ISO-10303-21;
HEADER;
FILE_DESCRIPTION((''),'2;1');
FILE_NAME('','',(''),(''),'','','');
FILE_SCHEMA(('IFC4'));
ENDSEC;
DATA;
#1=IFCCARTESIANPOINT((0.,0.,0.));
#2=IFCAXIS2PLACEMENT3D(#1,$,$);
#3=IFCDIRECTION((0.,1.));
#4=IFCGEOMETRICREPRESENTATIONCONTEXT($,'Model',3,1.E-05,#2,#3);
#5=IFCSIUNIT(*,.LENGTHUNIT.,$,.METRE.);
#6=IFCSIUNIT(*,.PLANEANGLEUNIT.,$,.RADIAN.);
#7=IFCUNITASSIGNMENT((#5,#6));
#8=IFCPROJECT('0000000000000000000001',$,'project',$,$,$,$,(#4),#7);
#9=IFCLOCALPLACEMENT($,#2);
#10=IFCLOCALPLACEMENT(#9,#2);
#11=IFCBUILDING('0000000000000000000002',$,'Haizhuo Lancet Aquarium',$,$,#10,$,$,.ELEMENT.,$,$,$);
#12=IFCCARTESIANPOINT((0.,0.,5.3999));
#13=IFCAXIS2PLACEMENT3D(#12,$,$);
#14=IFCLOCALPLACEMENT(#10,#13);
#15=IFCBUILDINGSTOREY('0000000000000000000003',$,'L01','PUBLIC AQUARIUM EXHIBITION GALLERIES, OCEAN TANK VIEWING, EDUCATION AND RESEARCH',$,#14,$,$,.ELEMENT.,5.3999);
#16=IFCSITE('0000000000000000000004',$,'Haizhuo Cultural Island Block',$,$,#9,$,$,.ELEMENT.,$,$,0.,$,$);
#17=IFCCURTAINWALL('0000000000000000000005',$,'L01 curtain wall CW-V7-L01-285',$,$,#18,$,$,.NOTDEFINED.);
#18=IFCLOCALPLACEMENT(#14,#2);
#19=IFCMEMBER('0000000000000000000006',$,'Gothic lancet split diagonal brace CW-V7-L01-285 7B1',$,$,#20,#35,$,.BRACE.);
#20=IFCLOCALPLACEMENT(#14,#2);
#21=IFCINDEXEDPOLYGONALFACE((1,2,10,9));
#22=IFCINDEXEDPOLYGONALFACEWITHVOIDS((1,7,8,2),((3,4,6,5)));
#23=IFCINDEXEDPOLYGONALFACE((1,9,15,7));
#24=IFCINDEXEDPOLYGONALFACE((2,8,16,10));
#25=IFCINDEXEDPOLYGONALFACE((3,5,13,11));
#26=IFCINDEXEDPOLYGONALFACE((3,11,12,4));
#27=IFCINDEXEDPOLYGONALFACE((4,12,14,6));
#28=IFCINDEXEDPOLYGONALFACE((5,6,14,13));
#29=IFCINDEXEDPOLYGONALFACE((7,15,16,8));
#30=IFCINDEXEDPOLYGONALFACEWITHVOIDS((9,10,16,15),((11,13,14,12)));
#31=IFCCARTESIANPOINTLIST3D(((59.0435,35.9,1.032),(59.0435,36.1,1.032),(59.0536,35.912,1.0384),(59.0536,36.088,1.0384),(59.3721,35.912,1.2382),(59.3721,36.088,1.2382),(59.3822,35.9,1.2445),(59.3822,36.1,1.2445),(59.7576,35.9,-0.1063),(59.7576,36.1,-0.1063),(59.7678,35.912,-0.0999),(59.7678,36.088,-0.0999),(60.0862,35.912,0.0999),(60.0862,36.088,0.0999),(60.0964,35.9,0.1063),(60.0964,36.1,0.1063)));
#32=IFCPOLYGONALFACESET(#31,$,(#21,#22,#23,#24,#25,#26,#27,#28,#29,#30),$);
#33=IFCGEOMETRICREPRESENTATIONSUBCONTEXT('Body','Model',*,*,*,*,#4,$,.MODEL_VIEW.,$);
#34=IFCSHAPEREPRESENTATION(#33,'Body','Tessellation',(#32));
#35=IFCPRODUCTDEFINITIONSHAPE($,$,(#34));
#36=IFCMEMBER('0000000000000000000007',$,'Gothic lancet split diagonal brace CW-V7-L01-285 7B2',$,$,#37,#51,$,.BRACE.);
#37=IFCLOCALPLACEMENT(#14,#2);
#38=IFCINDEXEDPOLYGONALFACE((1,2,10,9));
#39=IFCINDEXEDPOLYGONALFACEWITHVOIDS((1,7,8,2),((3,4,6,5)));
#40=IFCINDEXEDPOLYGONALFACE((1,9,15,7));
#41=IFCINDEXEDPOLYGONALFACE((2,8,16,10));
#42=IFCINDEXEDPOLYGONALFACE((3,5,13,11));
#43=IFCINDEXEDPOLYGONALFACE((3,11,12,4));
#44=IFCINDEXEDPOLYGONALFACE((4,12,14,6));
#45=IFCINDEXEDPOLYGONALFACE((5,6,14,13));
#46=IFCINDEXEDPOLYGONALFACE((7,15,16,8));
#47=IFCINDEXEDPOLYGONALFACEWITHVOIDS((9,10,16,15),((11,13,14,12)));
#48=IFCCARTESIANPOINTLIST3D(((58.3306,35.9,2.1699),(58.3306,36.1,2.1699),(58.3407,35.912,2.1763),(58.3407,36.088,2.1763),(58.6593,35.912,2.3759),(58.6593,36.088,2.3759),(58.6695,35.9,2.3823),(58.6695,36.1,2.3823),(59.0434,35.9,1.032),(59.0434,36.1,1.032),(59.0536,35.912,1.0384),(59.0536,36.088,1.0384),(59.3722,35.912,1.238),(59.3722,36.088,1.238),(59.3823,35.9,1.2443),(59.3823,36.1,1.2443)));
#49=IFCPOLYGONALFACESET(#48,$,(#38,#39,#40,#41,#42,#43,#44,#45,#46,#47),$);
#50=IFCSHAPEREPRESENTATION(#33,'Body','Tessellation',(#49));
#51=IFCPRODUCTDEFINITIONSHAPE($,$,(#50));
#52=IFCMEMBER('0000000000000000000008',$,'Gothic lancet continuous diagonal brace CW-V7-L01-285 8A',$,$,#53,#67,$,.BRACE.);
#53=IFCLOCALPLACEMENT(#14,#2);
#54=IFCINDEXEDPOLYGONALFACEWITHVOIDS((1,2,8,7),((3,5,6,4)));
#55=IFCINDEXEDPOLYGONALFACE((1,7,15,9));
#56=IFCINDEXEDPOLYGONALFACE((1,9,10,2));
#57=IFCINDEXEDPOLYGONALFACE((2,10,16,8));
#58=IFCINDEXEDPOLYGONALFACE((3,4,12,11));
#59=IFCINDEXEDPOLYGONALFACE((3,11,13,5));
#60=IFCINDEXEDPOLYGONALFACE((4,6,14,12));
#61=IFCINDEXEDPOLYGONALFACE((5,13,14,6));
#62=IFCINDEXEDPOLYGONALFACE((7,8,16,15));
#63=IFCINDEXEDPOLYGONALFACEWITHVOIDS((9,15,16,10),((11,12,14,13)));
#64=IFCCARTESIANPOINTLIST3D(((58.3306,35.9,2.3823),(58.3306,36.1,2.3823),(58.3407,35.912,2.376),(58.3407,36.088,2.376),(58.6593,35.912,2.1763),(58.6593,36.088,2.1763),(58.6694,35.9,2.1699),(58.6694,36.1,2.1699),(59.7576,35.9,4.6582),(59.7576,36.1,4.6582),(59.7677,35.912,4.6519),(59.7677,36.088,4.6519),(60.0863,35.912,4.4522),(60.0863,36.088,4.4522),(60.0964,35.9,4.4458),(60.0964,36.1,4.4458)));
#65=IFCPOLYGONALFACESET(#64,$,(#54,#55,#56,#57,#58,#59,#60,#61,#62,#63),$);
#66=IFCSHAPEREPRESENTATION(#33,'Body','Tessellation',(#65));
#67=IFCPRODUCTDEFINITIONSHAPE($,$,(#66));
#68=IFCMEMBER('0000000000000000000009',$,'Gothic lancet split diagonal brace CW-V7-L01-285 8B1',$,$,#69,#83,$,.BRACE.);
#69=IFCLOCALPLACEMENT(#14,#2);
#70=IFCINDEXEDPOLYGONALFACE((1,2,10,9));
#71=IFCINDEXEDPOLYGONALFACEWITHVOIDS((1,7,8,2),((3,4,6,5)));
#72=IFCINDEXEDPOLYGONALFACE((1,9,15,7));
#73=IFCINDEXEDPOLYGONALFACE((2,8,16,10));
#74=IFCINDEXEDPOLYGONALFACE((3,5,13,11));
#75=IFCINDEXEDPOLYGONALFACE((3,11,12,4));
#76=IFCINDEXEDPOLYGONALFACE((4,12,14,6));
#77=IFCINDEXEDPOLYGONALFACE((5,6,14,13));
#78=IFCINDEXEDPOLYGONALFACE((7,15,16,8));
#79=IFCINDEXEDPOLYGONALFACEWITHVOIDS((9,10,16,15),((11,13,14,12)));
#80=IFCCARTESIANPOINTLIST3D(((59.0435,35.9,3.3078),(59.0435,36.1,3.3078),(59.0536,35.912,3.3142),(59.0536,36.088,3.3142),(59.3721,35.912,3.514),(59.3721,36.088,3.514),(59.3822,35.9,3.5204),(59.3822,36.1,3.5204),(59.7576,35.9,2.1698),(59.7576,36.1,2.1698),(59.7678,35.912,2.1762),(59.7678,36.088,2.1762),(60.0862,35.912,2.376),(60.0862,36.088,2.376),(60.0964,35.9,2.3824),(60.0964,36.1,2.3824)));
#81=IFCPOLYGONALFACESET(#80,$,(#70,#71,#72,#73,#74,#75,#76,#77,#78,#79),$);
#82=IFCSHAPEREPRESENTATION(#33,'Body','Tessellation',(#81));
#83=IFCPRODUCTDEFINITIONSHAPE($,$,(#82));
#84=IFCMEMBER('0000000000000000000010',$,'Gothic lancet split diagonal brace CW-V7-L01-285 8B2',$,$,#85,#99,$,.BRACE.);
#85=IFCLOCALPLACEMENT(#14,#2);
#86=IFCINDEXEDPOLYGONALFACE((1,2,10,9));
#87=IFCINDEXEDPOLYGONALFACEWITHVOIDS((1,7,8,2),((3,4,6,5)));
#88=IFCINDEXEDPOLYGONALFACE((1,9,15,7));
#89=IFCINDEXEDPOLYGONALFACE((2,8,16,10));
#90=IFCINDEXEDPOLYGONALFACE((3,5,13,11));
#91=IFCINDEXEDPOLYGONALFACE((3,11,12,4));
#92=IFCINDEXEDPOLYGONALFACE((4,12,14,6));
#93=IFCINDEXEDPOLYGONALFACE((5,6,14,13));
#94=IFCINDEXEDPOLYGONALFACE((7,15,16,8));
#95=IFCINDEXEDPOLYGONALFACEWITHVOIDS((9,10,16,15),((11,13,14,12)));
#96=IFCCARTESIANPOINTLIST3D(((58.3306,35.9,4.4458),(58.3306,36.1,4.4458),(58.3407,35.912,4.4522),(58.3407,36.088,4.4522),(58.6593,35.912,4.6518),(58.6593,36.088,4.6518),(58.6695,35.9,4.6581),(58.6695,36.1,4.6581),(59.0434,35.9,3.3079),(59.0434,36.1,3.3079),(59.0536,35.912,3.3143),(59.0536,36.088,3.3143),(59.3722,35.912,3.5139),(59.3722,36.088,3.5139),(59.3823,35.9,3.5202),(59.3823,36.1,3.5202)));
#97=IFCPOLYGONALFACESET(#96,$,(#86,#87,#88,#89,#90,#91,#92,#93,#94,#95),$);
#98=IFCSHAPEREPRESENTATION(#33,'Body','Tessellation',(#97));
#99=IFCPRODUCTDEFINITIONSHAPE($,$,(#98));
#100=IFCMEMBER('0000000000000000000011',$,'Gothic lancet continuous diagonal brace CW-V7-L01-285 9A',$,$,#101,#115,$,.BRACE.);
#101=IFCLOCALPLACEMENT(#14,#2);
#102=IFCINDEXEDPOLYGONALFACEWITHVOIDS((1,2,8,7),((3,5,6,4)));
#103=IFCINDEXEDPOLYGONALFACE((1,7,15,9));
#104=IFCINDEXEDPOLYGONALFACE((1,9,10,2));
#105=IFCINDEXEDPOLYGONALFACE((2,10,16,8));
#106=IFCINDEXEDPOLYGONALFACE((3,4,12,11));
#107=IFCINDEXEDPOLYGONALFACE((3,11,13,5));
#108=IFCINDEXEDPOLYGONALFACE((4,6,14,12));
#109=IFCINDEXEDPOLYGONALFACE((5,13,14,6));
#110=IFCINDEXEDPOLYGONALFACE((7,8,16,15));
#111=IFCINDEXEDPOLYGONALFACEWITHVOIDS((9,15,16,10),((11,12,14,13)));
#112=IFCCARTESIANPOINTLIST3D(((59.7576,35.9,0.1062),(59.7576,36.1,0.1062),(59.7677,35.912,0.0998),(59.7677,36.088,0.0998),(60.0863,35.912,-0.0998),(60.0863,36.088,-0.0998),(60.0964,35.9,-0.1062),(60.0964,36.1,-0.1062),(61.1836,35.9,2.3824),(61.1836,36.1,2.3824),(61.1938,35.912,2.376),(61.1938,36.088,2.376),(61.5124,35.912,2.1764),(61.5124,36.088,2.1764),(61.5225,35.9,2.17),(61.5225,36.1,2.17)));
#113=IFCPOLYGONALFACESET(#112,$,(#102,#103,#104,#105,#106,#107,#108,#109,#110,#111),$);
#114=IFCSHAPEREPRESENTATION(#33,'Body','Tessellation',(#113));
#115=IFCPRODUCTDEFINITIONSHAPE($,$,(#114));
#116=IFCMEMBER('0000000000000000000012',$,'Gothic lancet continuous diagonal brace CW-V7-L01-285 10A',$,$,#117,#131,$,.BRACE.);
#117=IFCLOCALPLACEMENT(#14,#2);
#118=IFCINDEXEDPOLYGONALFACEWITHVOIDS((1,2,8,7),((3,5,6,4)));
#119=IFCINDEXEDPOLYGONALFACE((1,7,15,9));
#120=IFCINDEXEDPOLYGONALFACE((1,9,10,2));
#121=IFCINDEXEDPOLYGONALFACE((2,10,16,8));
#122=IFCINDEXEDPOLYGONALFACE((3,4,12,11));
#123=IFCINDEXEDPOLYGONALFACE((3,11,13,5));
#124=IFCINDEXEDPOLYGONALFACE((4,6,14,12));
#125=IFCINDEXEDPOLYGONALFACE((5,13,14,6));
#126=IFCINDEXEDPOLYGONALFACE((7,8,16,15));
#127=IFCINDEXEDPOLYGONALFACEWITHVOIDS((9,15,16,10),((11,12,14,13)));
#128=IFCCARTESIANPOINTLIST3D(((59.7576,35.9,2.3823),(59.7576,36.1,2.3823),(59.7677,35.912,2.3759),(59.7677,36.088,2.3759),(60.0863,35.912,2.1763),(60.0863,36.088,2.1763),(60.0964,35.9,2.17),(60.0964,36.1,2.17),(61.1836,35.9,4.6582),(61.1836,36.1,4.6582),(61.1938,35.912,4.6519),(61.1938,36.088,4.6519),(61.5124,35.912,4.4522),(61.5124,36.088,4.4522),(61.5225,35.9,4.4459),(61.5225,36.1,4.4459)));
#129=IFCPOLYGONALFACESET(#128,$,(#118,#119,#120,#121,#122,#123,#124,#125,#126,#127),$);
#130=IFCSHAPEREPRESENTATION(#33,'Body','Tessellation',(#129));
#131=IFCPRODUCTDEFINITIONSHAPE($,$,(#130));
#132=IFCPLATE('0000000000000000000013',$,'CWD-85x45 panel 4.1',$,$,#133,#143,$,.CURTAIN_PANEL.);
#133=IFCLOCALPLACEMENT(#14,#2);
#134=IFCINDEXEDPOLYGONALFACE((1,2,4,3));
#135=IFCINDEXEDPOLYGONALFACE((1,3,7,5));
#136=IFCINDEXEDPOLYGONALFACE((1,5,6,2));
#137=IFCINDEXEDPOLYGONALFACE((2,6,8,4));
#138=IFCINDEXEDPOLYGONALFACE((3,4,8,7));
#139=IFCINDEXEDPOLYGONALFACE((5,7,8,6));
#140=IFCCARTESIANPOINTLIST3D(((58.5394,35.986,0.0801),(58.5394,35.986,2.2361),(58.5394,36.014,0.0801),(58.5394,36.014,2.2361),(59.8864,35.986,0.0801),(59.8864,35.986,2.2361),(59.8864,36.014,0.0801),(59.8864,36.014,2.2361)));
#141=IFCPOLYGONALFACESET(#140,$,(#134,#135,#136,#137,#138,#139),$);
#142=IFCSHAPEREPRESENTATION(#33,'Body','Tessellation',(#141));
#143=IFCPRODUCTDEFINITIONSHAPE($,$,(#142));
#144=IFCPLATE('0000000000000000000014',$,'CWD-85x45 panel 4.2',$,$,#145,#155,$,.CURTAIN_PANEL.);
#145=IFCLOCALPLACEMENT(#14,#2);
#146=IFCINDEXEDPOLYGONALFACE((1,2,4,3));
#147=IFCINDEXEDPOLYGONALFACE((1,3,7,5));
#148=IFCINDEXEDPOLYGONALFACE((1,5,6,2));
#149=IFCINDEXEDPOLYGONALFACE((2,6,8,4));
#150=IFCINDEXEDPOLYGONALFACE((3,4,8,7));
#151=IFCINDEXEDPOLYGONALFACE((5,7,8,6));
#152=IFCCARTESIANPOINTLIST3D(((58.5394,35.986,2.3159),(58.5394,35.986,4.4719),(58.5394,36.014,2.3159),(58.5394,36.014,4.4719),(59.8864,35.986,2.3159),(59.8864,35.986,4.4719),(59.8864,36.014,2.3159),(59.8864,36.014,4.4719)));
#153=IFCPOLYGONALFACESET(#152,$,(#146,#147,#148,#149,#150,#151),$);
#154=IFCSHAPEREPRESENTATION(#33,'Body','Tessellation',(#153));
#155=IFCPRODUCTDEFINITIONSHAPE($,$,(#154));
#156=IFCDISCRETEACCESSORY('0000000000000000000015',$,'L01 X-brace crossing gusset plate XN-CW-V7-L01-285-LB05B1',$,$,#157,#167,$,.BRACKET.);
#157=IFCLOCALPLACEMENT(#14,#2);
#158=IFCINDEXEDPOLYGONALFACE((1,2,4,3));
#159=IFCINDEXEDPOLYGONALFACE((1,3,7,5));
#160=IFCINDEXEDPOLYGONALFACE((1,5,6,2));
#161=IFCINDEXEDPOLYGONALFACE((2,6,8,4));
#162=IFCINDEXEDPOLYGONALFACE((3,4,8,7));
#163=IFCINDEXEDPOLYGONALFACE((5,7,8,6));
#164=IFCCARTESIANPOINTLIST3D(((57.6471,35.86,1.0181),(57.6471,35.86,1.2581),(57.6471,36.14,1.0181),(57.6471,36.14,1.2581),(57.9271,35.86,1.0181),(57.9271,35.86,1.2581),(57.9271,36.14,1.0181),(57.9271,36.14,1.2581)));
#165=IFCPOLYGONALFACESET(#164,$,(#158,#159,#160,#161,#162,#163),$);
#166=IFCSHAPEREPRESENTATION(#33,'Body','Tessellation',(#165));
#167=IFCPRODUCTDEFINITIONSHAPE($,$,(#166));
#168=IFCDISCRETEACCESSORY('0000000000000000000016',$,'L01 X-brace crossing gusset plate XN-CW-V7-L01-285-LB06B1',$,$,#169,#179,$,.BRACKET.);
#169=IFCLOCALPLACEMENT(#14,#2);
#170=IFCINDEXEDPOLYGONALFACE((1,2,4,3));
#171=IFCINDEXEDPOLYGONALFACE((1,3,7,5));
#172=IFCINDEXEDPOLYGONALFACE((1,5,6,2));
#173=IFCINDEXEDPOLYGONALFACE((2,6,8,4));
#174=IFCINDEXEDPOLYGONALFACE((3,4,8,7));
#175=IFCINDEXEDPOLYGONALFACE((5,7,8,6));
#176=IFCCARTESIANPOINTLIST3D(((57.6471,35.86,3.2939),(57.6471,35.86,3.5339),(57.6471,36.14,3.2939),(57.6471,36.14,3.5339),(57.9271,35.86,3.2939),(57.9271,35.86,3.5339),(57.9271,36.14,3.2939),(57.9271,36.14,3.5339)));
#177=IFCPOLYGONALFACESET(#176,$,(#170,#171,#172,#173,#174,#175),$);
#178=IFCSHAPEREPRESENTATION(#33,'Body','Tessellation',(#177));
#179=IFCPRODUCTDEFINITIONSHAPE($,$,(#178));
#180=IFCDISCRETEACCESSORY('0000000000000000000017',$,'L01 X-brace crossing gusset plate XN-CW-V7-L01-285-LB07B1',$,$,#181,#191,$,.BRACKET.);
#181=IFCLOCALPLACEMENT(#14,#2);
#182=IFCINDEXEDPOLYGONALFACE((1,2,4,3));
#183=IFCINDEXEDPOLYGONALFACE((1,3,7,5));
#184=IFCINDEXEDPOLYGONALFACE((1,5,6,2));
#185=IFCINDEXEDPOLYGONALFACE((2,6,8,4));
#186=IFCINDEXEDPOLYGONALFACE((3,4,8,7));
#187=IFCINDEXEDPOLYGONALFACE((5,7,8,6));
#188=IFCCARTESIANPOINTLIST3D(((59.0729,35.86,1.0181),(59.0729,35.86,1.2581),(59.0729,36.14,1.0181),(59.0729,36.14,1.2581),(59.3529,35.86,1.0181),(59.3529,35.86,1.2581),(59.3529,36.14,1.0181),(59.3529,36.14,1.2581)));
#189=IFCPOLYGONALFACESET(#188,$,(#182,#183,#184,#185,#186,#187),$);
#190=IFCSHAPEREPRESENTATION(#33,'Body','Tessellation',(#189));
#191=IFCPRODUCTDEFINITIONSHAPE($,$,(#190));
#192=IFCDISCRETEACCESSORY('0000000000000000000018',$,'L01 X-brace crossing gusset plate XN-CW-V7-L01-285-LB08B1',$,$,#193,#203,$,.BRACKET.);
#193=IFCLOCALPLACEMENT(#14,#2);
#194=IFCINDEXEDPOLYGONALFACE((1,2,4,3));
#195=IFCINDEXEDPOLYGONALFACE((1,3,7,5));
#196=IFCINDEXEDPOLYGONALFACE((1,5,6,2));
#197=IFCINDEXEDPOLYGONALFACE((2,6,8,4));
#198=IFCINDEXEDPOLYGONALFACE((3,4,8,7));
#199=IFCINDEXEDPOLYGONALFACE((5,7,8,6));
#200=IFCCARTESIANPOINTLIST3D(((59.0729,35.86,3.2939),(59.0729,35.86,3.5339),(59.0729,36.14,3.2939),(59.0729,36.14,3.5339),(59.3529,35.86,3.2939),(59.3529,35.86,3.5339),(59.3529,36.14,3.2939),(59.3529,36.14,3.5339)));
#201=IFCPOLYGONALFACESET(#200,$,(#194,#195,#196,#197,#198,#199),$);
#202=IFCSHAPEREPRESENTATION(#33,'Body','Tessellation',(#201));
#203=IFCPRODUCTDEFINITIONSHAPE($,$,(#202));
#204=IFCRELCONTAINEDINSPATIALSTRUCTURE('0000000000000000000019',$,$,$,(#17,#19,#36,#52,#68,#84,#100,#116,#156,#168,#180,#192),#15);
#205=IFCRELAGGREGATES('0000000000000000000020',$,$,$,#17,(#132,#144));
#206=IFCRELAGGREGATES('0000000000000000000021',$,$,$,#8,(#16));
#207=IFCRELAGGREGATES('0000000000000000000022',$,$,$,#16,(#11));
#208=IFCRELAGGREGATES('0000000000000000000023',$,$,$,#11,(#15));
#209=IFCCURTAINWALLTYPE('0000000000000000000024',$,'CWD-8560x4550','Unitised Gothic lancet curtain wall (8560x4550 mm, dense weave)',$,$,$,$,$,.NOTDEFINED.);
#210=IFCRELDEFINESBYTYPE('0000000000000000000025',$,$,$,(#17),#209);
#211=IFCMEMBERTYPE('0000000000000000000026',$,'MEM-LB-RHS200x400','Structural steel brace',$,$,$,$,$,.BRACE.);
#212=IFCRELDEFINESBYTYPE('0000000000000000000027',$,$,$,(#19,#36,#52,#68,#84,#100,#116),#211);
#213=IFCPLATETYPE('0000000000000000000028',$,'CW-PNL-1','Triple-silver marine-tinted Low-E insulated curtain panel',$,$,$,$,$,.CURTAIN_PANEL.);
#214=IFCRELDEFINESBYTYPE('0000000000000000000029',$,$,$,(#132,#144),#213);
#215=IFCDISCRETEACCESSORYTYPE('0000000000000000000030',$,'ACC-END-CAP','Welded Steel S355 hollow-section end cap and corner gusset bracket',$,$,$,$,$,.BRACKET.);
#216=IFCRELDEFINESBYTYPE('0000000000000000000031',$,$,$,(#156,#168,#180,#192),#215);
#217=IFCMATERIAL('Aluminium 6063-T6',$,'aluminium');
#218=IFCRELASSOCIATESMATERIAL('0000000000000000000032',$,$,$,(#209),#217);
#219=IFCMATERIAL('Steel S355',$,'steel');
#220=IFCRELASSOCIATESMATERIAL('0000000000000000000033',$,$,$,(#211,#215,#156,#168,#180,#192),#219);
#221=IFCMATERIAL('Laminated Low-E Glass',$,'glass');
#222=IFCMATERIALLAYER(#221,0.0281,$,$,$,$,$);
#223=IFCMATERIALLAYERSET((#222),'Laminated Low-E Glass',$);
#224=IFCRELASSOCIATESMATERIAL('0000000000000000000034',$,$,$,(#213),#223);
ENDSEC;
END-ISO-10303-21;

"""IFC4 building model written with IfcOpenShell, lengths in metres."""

from ifc_helpers import new_model, si_unit, direction, frame, origin, origin_2d, place, context, subcontext, project, spatial, rectangle, hollow_rectangle, extrude, material, layer, layer_set, material_profile, profile_set, type_object, element, aggregate, save


model = new_model("IFC4")

# Units and contexts
model_context = context("Model", 3, precision=1e-05, world=origin(), true_north=direction((0.0, 1.0)))
body_context = subcontext(model_context, "Body", "Model", "MODEL_VIEW")
ifc_project = project(units=[si_unit("LENGTHUNIT", "METRE"), si_unit("PLANEANGLEUNIT", "RADIAN")], contexts=[model_context])

# Site, building, storey
site_placement = place(None, origin())
site = spatial("IfcSite", under=ifc_project, at=site_placement, Name="Haizhuo Cultural Island Block", CompositionType="ELEMENT", RefElevation=0.0)
building_placement = place(site_placement, origin())
building = spatial("IfcBuilding", under=site, at=building_placement, Name="Haizhuo Lancet Aquarium", CompositionType="ELEMENT")
storey_placement = place(building_placement, frame((0.0, 0.0, 5.3999)))
storey = spatial("IfcBuildingStorey", under=building, at=storey_placement, Name="L01", Description="PUBLIC AQUARIUM EXHIBITION GALLERIES, OCEAN TANK VIEWING, EDUCATION AND RESEARCH", CompositionType="ELEMENT", Elevation=5.3999)

# Curtain wall
ifc_material_1 = material(Name="Aluminium 6063-T6", Category="aluminium")
curtain_wall_type = type_object("IfcCurtainWallType", Name="CWD-8560x4550", Description="Unitised Gothic lancet curtain wall (8560x4550 mm, dense weave)", PredefinedType="NOTDEFINED", material=ifc_material_1)
curtain_wall_placement = place(storey_placement, origin())
curtain_wall = element("IfcCurtainWall", 1, at=curtain_wall_placement, inside=storey, type_object=curtain_wall_type, Name="L01 curtain wall CW-V7-L01-285", PredefinedType="NOTDEFINED")

# Members
ifc_material_2 = material(Name="Steel S355", Category="steel")
ifc_material_profile_1 = material_profile(ifc_material_2, hollow_rectangle(XDim=0.2, YDim=0.3999, WallThickness=0.012, at=origin_2d()), Name="RHS 200x400x12")
ifc_profile_set_1 = profile_set([ifc_material_profile_1], Name="Steel S355")
member_type_1 = type_object("IfcMemberType", Name="MEM-LB-RHS200x400", Description="Structural steel brace", PredefinedType="BRACE", material=ifc_profile_set_1)
member_1_placement = place(storey_placement, frame((59.927, 36.0, 0.0), z_axis=(-0.531468, 0.0, 0.847078), x_axis=(0.0, -1.0, 0.0)))
element("IfcMember", 2, at=member_1_placement, inside=storey, type_object=member_type_1, Name="Gothic lancet split diagonal brace CW-V7-L01-285 7B1", PredefinedType="BRACE", context=body_context, shape_type="SweptSolid", body=[
    extrude(hollow_rectangle(XDim=0.2, YDim=0.3999, WallThickness=0.012, at=origin_2d()), origin(), (0.0, 0.0, 1.0), 1.3438),
])
member_2_placement = place(storey_placement, frame((59.2129, 36.0, 1.1382), z_axis=(-0.530897, 0.0, 0.847436), x_axis=(0.0, -1.0, 0.0)))
element("IfcMember", 3, at=member_2_placement, inside=storey, type_object=member_type_1, Name="Gothic lancet split diagonal brace CW-V7-L01-285 7B2", PredefinedType="BRACE", context=body_context, shape_type="SweptSolid", body=[
    extrude(hollow_rectangle(XDim=0.2, YDim=0.3999, WallThickness=0.012, at=origin_2d()), origin(), (0.0, 0.0, 1.0), 1.3428),
])
member_3_placement = place(storey_placement, frame((58.5, 36.0, 2.2761), z_axis=(0.531224, 0.0, 0.847232), x_axis=(0.0, 1.0, 0.0)))
element("IfcMember", 4, at=member_3_placement, inside=storey, type_object=member_type_1, Name="Gothic lancet continuous diagonal brace CW-V7-L01-285 8A", PredefinedType="BRACE", context=body_context, shape_type="SweptSolid", body=[
    extrude(hollow_rectangle(XDim=0.2, YDim=0.3999, WallThickness=0.012, at=origin_2d()), origin(), (0.0, 0.0, 1.0), 2.6863),
])
member_4_placement = place(storey_placement, frame((59.927, 36.0, 2.2761), z_axis=(-0.53155, 0.0, 0.847027), x_axis=(0.0, -1.0, 0.0)))
element("IfcMember", 5, at=member_4_placement, inside=storey, type_object=member_type_1, Name="Gothic lancet split diagonal brace CW-V7-L01-285 8B1", PredefinedType="BRACE", context=body_context, shape_type="SweptSolid", body=[
    extrude(hollow_rectangle(XDim=0.2, YDim=0.3999, WallThickness=0.012, at=origin_2d()), origin(), (0.0, 0.0, 1.0), 1.3435),
])
member_5_placement = place(storey_placement, frame((59.2129, 36.0, 3.4141), z_axis=(-0.530897, 0.0, 0.847436), x_axis=(0.0, -1.0, 0.0)))
element("IfcMember", 6, at=member_5_placement, inside=storey, type_object=member_type_1, Name="Gothic lancet split diagonal brace CW-V7-L01-285 8B2", PredefinedType="BRACE", context=body_context, shape_type="SweptSolid", body=[
    extrude(hollow_rectangle(XDim=0.2, YDim=0.3999, WallThickness=0.012, at=origin_2d()), origin(), (0.0, 0.0, 1.0), 1.3428),
])
member_6_placement = place(storey_placement, frame((59.927, 36.0, 0.0), z_axis=(0.530922, 0.0, 0.847421), x_axis=(0.0, 1.0, 0.0)))
element("IfcMember", 7, at=member_6_placement, inside=storey, type_object=member_type_1, Name="Gothic lancet continuous diagonal brace CW-V7-L01-285 9A", PredefinedType="BRACE", context=body_context, shape_type="SweptSolid", body=[
    extrude(hollow_rectangle(XDim=0.2, YDim=0.3999, WallThickness=0.012, at=origin_2d()), origin(), (0.0, 0.0, 1.0), 2.686),
])
member_7_placement = place(storey_placement, frame((59.927, 36.0, 2.2761), z_axis=(0.530963, 0.0, 0.847395), x_axis=(0.0, 1.0, 0.0)))
element("IfcMember", 8, at=member_7_placement, inside=storey, type_object=member_type_1, Name="Gothic lancet continuous diagonal brace CW-V7-L01-285 10A", PredefinedType="BRACE", context=body_context, shape_type="SweptSolid", body=[
    extrude(hollow_rectangle(XDim=0.2, YDim=0.3999, WallThickness=0.012, at=origin_2d()), origin(), (0.0, 0.0, 1.0), 2.6858),
])

# Plates
ifc_material_3 = material(Name="Laminated Low-E Glass", Category="glass")
ifc_layer = layer(ifc_material_3, 0.0281)
ifc_layer_set = layer_set([ifc_layer], Name="Laminated Low-E Glass")
plate_type = type_object("IfcPlateType", Name="CW-PNL-1", Description="Triple-silver marine-tinted Low-E insulated curtain panel", PredefinedType="CURTAIN_PANEL", material=ifc_layer_set)
plate_1_placement = place(storey_placement, frame((59.2129, 36.0, 0.0801), z_axis=(0.0, 0.0, 1.0), x_axis=(1.0, 0.0, 0.0)))
plate_1 = element("IfcPlate", 9, at=plate_1_placement, type_object=plate_type, Name="CWD-85x45 panel 4.1", PredefinedType="CURTAIN_PANEL", context=body_context, shape_type="SweptSolid", body=[
    extrude(rectangle(XDim=1.3469, YDim=0.0281, at=origin_2d()), origin(), (0.0, 0.0, 1.0), 2.156),
])
plate_2_placement = place(storey_placement, frame((59.2129, 36.0, 2.3159), z_axis=(0.0, 0.0, 1.0), x_axis=(1.0, 0.0, 0.0)))
plate_2 = element("IfcPlate", 10, at=plate_2_placement, type_object=plate_type, Name="CWD-85x45 panel 4.2", PredefinedType="CURTAIN_PANEL", context=body_context, shape_type="SweptSolid", body=[
    extrude(rectangle(XDim=1.3469, YDim=0.0281, at=origin_2d()), origin(), (0.0, 0.0, 1.0), 2.156),
])
aggregate(curtain_wall, [plate_1, plate_2])

# Discrete accessories
discrete_accessory_type = type_object("IfcDiscreteAccessoryType", Name="ACC-END-CAP", Description="Welded Steel S355 hollow-section end cap and corner gusset bracket", PredefinedType="BRACKET", material=ifc_material_2)
for number, where, z_axis, x_axis, name in (
    (11, (57.7871, 36.0, 1.0181), (0.0, 0.0, 1.0), (1.0, 0.0, 0.0), "L01 X-brace crossing gusset plate XN-CW-V7-L01-285-LB05B1"),
    (12, (57.7871, 36.0, 3.2939), (0.0, 0.0, 1.0), (1.0, 0.0, 0.0), "L01 X-brace crossing gusset plate XN-CW-V7-L01-285-LB06B1"),
    (13, (59.2129, 36.0, 1.0181), (0.0, 0.0, 1.0), (1.0, 0.0, 0.0), "L01 X-brace crossing gusset plate XN-CW-V7-L01-285-LB07B1"),
    (14, (59.2129, 36.0, 3.2939), (0.0, 0.0, 1.0), (1.0, 0.0, 0.0), "L01 X-brace crossing gusset plate XN-CW-V7-L01-285-LB08B1"),
):
    element("IfcDiscreteAccessory", number, at=place(storey_placement, frame(where, z_axis=z_axis, x_axis=x_axis)), inside=storey, type_object=discrete_accessory_type, material=ifc_material_2, Name=name, PredefinedType="BRACKET", context=body_context, shape_type="SweptSolid", body=[
        extrude(rectangle(XDim=0.28, YDim=0.28, at=origin_2d()), origin(), (0.0, 0.0, 1.0), 0.24),
    ])

save(model, "model.ifc")
